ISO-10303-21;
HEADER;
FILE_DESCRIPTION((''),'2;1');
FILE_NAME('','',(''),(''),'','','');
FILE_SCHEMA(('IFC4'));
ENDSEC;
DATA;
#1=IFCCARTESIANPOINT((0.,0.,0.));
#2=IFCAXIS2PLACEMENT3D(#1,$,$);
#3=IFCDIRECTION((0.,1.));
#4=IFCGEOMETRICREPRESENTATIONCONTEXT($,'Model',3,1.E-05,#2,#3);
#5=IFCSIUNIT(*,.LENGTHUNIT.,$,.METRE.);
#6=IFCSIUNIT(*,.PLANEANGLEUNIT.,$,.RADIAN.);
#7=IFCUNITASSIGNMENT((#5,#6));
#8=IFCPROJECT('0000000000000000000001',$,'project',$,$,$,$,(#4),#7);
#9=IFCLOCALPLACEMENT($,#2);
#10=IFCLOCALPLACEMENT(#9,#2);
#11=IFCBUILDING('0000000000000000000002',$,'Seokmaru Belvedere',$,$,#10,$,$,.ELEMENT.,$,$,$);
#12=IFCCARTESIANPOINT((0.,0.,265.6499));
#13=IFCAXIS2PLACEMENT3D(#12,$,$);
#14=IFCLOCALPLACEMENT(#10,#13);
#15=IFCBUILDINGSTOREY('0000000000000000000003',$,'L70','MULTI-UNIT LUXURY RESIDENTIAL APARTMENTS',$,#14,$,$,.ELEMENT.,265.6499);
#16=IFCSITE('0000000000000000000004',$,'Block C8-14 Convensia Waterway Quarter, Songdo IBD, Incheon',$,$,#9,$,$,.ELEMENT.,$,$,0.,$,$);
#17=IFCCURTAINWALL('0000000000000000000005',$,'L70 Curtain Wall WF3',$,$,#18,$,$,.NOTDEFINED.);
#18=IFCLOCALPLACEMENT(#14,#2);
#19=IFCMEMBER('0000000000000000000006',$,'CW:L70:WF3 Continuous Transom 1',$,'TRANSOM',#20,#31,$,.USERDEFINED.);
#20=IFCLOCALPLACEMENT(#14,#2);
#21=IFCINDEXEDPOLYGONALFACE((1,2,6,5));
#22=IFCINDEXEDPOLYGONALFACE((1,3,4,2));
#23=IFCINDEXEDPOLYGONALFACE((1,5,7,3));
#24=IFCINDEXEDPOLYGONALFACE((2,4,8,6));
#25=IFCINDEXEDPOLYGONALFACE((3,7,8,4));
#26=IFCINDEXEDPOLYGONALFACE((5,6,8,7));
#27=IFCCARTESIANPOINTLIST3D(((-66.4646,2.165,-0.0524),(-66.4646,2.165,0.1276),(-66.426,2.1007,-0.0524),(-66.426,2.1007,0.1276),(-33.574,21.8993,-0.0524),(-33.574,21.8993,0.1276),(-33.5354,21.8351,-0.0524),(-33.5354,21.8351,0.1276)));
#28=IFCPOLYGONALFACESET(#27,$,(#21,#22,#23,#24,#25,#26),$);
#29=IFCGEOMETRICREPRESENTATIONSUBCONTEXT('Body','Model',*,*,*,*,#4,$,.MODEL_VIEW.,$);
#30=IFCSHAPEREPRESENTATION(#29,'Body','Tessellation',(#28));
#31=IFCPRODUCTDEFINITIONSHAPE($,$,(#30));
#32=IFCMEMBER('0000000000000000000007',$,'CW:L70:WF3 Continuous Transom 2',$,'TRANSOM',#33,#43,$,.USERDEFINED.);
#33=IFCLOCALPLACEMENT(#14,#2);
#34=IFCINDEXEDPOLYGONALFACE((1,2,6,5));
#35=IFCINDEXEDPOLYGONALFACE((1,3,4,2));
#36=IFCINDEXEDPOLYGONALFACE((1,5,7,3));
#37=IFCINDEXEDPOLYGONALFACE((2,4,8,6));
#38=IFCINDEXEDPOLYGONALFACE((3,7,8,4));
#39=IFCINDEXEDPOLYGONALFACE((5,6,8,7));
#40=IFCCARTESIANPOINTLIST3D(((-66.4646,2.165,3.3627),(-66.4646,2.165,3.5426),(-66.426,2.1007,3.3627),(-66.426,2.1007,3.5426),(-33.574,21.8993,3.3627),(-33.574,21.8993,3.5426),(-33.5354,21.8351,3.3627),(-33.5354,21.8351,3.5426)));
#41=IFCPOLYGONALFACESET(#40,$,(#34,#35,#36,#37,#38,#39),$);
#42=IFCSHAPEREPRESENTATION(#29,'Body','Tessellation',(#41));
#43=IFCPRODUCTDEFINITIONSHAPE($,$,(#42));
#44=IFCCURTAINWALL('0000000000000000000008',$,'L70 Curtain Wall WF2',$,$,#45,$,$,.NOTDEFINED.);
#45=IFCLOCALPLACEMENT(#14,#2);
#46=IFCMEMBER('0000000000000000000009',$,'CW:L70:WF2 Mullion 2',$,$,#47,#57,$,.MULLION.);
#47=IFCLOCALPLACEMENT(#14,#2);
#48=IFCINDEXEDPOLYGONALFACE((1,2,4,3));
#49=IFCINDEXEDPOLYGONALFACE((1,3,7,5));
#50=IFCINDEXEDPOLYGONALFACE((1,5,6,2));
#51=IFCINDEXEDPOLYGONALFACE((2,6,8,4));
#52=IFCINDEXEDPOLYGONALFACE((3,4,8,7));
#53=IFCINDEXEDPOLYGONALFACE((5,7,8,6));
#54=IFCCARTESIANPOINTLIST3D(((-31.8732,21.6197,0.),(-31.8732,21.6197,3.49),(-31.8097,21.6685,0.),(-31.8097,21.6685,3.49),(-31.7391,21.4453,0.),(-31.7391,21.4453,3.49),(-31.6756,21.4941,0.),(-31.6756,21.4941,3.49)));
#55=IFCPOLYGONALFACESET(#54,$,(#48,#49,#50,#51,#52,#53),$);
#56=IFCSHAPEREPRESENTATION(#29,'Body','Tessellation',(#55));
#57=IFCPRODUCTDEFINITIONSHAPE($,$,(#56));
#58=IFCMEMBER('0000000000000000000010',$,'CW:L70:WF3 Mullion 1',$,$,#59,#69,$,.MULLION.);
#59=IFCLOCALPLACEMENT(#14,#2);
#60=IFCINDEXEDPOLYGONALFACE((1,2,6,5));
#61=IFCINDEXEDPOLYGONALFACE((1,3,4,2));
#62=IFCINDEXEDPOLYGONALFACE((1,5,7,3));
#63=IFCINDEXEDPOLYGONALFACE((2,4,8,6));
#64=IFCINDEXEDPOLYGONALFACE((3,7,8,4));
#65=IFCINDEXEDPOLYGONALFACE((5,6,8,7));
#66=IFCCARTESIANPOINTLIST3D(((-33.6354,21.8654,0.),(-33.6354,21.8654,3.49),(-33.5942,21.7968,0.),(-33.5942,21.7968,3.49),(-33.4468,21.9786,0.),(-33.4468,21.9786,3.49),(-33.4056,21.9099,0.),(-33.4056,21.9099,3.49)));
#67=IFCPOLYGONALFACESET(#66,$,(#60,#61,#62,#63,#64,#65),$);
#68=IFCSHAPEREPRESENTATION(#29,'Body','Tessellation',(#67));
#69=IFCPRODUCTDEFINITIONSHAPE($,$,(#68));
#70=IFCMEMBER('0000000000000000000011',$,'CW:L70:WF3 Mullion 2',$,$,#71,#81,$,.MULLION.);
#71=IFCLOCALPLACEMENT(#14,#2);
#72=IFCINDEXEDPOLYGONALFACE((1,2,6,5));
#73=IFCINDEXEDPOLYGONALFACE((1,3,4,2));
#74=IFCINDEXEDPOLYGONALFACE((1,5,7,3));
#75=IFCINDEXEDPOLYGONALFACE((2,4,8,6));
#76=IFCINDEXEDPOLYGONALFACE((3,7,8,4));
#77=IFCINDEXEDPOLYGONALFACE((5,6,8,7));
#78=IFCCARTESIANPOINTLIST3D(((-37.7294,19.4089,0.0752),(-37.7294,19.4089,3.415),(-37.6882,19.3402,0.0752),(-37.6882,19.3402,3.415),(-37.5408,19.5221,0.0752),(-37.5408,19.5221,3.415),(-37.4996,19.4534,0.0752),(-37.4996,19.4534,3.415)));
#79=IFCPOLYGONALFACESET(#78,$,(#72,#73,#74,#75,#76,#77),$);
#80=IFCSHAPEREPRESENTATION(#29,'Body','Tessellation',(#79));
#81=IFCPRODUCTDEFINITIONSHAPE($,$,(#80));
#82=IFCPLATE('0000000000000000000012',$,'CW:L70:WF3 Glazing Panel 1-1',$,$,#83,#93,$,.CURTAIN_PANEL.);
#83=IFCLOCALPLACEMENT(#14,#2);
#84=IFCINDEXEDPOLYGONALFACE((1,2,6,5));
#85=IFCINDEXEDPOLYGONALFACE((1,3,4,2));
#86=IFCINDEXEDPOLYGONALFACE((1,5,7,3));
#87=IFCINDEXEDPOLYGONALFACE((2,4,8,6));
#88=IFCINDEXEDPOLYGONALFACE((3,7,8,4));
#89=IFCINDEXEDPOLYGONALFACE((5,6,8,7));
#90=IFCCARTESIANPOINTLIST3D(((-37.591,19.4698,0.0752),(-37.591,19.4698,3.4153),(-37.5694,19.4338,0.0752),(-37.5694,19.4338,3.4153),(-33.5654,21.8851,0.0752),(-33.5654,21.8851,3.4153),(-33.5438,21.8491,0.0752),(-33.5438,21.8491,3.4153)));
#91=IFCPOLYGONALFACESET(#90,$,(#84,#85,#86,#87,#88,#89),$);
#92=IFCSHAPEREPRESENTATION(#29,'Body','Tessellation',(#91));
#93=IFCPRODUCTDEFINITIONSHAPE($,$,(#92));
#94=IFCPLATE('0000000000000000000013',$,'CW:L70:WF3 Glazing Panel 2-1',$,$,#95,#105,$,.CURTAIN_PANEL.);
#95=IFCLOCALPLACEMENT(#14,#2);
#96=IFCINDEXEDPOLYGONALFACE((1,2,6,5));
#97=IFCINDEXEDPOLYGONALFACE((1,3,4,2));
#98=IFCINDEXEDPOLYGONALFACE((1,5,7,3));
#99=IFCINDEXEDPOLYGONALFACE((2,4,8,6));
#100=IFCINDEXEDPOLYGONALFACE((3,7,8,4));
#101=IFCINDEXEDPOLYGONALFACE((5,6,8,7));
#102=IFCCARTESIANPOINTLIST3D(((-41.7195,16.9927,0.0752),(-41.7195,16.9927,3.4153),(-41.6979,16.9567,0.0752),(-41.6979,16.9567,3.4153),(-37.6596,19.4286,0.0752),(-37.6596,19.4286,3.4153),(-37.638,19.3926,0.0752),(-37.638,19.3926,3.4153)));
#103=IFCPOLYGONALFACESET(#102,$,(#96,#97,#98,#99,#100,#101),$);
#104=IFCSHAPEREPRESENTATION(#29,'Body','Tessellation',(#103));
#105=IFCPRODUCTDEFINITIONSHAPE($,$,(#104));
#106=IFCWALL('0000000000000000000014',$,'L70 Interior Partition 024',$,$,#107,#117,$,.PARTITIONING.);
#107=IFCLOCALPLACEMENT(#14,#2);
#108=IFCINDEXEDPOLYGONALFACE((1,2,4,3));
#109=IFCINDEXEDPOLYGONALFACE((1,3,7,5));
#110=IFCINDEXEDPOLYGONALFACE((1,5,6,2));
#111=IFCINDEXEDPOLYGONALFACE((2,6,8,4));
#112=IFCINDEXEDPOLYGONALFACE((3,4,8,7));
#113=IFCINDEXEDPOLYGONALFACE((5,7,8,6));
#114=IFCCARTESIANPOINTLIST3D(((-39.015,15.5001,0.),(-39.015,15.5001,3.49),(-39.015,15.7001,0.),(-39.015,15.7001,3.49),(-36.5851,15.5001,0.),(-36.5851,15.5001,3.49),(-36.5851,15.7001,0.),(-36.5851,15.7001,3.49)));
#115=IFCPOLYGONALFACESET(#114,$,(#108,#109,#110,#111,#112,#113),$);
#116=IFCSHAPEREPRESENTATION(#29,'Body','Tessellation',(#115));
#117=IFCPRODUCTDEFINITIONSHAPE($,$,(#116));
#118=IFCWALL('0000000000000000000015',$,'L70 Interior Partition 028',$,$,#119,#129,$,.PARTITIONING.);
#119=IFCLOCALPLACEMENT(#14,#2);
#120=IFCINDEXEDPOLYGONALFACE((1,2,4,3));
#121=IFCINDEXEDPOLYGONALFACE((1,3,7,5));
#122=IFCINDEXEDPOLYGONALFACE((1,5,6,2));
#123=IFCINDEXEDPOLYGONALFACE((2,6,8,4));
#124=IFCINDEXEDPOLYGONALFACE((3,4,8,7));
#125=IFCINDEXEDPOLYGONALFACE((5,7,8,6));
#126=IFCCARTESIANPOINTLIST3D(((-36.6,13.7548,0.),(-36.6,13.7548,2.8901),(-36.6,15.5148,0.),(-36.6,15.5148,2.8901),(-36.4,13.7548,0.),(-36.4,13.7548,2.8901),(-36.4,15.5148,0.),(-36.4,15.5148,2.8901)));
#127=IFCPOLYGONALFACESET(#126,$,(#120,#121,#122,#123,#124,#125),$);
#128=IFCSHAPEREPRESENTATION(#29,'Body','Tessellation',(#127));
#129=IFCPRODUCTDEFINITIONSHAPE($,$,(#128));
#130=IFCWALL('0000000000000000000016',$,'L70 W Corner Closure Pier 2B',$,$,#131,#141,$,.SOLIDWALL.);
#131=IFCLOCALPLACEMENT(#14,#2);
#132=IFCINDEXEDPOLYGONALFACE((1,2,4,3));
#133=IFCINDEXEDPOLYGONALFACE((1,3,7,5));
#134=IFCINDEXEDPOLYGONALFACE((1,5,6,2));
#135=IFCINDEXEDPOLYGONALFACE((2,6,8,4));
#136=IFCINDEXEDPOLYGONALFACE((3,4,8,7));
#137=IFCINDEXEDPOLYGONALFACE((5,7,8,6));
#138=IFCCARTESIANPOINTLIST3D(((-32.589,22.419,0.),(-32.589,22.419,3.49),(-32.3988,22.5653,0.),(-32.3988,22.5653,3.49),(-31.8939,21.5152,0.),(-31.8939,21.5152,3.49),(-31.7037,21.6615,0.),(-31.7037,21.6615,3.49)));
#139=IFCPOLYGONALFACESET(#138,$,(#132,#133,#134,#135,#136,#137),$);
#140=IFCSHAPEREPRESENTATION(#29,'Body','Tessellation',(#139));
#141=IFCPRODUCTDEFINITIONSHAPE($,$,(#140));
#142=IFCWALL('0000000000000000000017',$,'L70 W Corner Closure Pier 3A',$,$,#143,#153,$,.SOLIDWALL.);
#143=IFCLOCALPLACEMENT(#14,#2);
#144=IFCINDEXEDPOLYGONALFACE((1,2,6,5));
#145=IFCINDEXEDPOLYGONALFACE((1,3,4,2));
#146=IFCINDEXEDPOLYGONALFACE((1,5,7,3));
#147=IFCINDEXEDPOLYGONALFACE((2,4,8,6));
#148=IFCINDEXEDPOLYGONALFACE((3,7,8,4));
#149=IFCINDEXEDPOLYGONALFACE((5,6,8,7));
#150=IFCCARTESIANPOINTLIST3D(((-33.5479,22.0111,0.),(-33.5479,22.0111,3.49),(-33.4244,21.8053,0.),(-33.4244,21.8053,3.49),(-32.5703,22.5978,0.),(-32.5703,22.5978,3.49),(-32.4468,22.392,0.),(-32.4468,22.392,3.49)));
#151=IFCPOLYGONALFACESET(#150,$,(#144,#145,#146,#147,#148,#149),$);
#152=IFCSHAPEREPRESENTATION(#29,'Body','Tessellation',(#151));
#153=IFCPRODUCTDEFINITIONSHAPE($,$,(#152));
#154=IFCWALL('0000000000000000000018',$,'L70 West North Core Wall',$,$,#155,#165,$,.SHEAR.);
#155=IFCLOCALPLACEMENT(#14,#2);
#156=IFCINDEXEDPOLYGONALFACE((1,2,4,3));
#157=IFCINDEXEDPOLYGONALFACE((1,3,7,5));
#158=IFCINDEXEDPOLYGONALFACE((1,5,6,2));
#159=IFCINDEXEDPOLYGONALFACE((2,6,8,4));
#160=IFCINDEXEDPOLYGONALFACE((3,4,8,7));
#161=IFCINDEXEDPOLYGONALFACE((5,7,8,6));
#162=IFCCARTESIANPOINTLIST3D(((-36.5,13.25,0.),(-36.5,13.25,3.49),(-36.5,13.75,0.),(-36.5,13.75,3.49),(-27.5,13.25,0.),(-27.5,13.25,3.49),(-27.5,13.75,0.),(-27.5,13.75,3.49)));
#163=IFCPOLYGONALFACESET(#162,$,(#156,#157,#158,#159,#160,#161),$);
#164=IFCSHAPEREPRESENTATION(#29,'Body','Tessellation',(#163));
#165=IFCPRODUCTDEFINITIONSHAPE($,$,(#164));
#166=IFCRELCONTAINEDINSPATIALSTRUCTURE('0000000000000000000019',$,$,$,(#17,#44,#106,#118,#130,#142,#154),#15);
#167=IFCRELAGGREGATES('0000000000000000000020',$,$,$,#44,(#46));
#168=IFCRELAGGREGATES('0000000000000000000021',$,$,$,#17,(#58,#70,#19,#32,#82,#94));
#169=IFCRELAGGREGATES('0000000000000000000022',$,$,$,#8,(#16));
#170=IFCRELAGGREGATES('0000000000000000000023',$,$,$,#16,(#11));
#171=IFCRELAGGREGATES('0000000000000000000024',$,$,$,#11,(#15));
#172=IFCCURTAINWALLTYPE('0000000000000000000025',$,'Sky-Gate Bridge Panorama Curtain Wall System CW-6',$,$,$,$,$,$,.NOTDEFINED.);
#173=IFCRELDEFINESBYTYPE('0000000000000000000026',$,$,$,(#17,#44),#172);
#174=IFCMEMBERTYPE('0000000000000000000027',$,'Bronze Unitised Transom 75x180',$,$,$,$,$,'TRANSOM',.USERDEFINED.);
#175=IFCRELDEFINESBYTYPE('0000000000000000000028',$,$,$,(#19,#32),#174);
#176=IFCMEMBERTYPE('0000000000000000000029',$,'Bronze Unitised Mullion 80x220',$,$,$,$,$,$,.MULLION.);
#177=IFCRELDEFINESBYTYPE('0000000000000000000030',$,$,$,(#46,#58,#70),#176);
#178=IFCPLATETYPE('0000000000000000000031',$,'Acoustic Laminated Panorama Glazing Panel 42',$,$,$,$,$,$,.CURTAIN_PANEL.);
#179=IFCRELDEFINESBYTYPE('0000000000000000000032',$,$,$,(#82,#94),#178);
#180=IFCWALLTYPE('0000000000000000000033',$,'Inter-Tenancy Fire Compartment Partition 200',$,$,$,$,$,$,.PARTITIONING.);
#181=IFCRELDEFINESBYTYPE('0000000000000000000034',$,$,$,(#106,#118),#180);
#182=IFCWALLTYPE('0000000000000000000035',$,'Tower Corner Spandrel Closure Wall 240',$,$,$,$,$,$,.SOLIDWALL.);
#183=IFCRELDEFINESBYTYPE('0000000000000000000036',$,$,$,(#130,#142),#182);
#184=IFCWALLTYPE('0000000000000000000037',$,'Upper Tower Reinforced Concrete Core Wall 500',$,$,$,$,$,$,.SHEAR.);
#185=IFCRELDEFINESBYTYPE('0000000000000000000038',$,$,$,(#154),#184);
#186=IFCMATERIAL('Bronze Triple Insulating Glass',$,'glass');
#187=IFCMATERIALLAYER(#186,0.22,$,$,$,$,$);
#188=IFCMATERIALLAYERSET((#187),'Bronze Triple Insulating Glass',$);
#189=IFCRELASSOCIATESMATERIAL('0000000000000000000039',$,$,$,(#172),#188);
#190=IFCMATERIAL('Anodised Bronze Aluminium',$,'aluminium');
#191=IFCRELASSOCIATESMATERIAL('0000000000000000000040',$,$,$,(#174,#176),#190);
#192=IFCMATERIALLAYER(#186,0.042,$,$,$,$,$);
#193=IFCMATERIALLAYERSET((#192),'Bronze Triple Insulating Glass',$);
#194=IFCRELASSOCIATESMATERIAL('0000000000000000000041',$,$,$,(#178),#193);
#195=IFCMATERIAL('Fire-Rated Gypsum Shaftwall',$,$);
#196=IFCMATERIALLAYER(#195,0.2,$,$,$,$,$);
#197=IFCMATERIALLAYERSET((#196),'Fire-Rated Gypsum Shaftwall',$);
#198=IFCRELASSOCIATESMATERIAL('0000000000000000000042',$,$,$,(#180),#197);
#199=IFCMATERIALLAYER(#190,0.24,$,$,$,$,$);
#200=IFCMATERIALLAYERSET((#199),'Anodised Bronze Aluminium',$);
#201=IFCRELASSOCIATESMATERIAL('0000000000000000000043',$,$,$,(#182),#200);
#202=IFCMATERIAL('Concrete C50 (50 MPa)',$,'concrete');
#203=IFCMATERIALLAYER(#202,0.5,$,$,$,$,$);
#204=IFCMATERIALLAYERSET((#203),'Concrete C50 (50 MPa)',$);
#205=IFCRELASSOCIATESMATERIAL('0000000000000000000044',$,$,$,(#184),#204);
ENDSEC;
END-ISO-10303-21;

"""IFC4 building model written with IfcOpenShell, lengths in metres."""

from ifc_helpers import new_model, si_unit, direction, frame, frame_2d, origin, origin_2d, place, context, subcontext, project, spatial, rectangle, extrude, source, transform, mapped, material, layer, layer_set, material_profile, profile_set, type_object, type_shapes, element, aggregate, save


model = new_model("IFC4")

# Units and contexts
model_context = context("Model", 3, precision=1e-05, world=origin(), true_north=direction((0.0, 1.0)))
body_context = subcontext(model_context, "Body", "Model", "MODEL_VIEW")
ifc_project = project(units=[si_unit("LENGTHUNIT", "METRE"), si_unit("PLANEANGLEUNIT", "RADIAN")], contexts=[model_context])

# Site, building, storey
site_placement = place(None, origin())
site = spatial("IfcSite", under=ifc_project, at=site_placement, Name="Block C8-14 Convensia Waterway Quarter, Songdo IBD, Incheon", CompositionType="ELEMENT", RefElevation=0.0)
building_placement = place(site_placement, origin())
building = spatial("IfcBuilding", under=site, at=building_placement, Name="Seokmaru Belvedere", CompositionType="ELEMENT")
storey_placement = place(building_placement, frame((0.0, 0.0, 265.6499)))
storey = spatial("IfcBuildingStorey", under=building, at=storey_placement, Name="L70", Description="MULTI-UNIT LUXURY RESIDENTIAL APARTMENTS", CompositionType="ELEMENT", Elevation=265.6499)

# Curtain wall, members
ifc_material_1 = material(Name="Bronze Triple Insulating Glass", Category="glass")
ifc_layer_1 = layer(ifc_material_1, 0.22)
ifc_layer_set_1 = layer_set([ifc_layer_1], Name="Bronze Triple Insulating Glass")
curtain_wall_type = type_object("IfcCurtainWallType", Name="Sky-Gate Bridge Panorama Curtain Wall System CW-6", PredefinedType="NOTDEFINED", material=ifc_layer_set_1)
curtain_wall_1_placement = place(storey_placement, origin())
curtain_wall_1 = element("IfcCurtainWall", 1, at=curtain_wall_1_placement, inside=storey, type_object=curtain_wall_type, Name="L70 Curtain Wall WF3", PredefinedType="NOTDEFINED")
ifc_material_2 = material(Name="Anodised Bronze Aluminium", Category="aluminium")
ifc_material_profile_1 = material_profile(ifc_material_2, rectangle(XDim=0.075, YDim=0.1799, at=origin_2d()), Name="CW-T-75x180")
ifc_profile_set_1 = profile_set([ifc_material_profile_1], Name="Anodised Bronze Aluminium")
member_type_1 = type_object("IfcMemberType", Name="Bronze Unitised Transom 75x180", ElementType="TRANSOM", PredefinedType="USERDEFINED", material=ifc_profile_set_1)
shared_shape_1 = source(origin(), body_context, "Body", "SweptSolid", [
    extrude(rectangle(XDim=0.075, YDim=0.1799, at=origin_2d()), origin(), (0.0, 0.0, 1.0), 38.3567),
])
type_shapes(member_type_1, [shared_shape_1])
member_1_placement = place(storey_placement, frame((-33.5547, 21.8672, 0.0376), z_axis=(-0.857493, -0.514496, 0.0), x_axis=(0.514496, -0.857493, 0.0)))
member_1 = element("IfcMember", 2, at=member_1_placement, type_object=member_type_1, Name="CW:L70:WF3 Continuous Transom 1", ObjectType="TRANSOM", PredefinedType="USERDEFINED", context=body_context, shape_type="MappedRepresentation", body=[
    mapped(shared_shape_1, transform((0.0, 0.0, 0.0), scale=1.0)),
])
member_2_placement = place(storey_placement, frame((-33.5547, 21.8672, 3.4526), z_axis=(-0.857493, -0.514496, 0.0), x_axis=(0.514496, -0.857493, 0.0)))
member_2 = element("IfcMember", 3, at=member_2_placement, type_object=member_type_1, Name="CW:L70:WF3 Continuous Transom 2", ObjectType="TRANSOM", PredefinedType="USERDEFINED", context=body_context, shape_type="MappedRepresentation", body=[
    mapped(shared_shape_1, transform((0.0, 0.0, 0.0), scale=1.0)),
])

# Curtain wall, member
curtain_wall_2_placement = place(storey_placement, origin())
curtain_wall_2 = element("IfcCurtainWall", 4, at=curtain_wall_2_placement, inside=storey, type_object=curtain_wall_type, Name="L70 Curtain Wall WF2", PredefinedType="NOTDEFINED")
ifc_material_profile_2 = material_profile(ifc_material_2, rectangle(XDim=0.0801, YDim=0.22, at=origin_2d()), Name="CW-M-80x220")
ifc_profile_set_2 = profile_set([ifc_material_profile_2], Name="Anodised Bronze Aluminium")
member_type_2 = type_object("IfcMemberType", Name="Bronze Unitised Mullion 80x220", PredefinedType="MULLION", material=ifc_profile_set_2)
shared_shape_2 = source(origin(), body_context, "Body", "SweptSolid", [
    extrude(rectangle(XDim=0.0801, YDim=0.22, at=origin_2d()), origin(), (0.0, 0.0, 1.0), 3.49),
])
member_3_placement = place(storey_placement, frame((-31.7744, 21.5569, 0.0), z_axis=(0.0, 0.0, 1.0), x_axis=(-0.792631, -0.609701, 0.0)))
member_3 = element("IfcMember", 5, at=member_3_placement, type_object=member_type_2, Name="CW:L70:WF2 Mullion 2", PredefinedType="MULLION", context=body_context, shape_type="MappedRepresentation", body=[
    mapped(shared_shape_2, transform((0.0, 0.0, 0.0), scale=1.0)),
])
aggregate(curtain_wall_2, [member_3])

# Members
member_4_placement = place(storey_placement, frame((-33.5205, 21.8877, 0.0), z_axis=(0.0, 0.0, 1.0), x_axis=(0.514495, -0.857493, 0.0)))
member_4 = element("IfcMember", 6, at=member_4_placement, type_object=member_type_2, Name="CW:L70:WF3 Mullion 1", PredefinedType="MULLION", context=body_context, shape_type="MappedRepresentation", body=[
    mapped(shared_shape_2, transform((0.0, 0.0, 0.0), scale=1.0)),
])
shared_shape_3 = source(origin(), body_context, "Body", "SweptSolid", [
    extrude(rectangle(XDim=0.0801, YDim=0.22, at=origin_2d()), origin(), (0.0, 0.0, 1.0), 3.3398),
])
type_shapes(member_type_2, [shared_shape_2, shared_shape_3])
member_5_placement = place(storey_placement, frame((-37.6145, 19.4312, 0.0752), z_axis=(0.0, 0.0, 1.0), x_axis=(0.514495, -0.857493, 0.0)))
member_5 = element("IfcMember", 7, at=member_5_placement, type_object=member_type_2, Name="CW:L70:WF3 Mullion 2", PredefinedType="MULLION", context=body_context, shape_type="MappedRepresentation", body=[
    mapped(shared_shape_3, transform((0.0, 0.0, 0.0), scale=1.0)),
])

# Plates
ifc_layer_2 = layer(ifc_material_1, 0.042)
ifc_layer_set_2 = layer_set([ifc_layer_2], Name="Bronze Triple Insulating Glass")
plate_type = type_object("IfcPlateType", Name="Acoustic Laminated Panorama Glazing Panel 42", PredefinedType="CURTAIN_PANEL", material=ifc_layer_set_2)
shared_shape_4 = source(origin(), body_context, "Body", "SweptSolid", [
    extrude(rectangle(XDim=4.6946, YDim=0.042, at=origin_2d()), origin(), (0.0, 0.0, 1.0), 3.3401),
])
plate_1_placement = place(storey_placement, frame((-35.5674, 20.6594, 0.0752), z_axis=(0.0, 0.0, 1.0), x_axis=(-0.857493, -0.514495, 0.0)))
plate_1 = element("IfcPlate", 8, at=plate_1_placement, type_object=plate_type, Name="CW:L70:WF3 Glazing Panel 1-1", PredefinedType="CURTAIN_PANEL", context=body_context, shape_type="MappedRepresentation", body=[
    mapped(shared_shape_4, transform((0.0, 0.0, 0.0), scale=1.0)),
])
shared_shape_5 = source(origin(), body_context, "Body", "SweptSolid", [
    extrude(rectangle(XDim=4.7346, YDim=0.042, at=origin_2d()), origin(), (0.0, 0.0, 1.0), 3.3401),
])
type_shapes(plate_type, [shared_shape_4, shared_shape_5])
plate_2_placement = place(storey_placement, frame((-39.6787, 18.1926, 0.0752), z_axis=(0.0, 0.0, 1.0), x_axis=(-0.857493, -0.514495, 0.0)))
plate_2 = element("IfcPlate", 9, at=plate_2_placement, type_object=plate_type, Name="CW:L70:WF3 Glazing Panel 2-1", PredefinedType="CURTAIN_PANEL", context=body_context, shape_type="MappedRepresentation", body=[
    mapped(shared_shape_5, transform((0.0, 0.0, 0.0), scale=1.0)),
])
aggregate(curtain_wall_1, [member_4, member_5, member_1, member_2, plate_1, plate_2])

# Walls
ifc_material_3 = material(Name="Fire-Rated Gypsum Shaftwall")
ifc_layer_3 = layer(ifc_material_3, 0.2)
ifc_layer_set_3 = layer_set([ifc_layer_3], Name="Fire-Rated Gypsum Shaftwall")
wall_type_1 = type_object("IfcWallType", Name="Inter-Tenancy Fire Compartment Partition 200", PredefinedType="PARTITIONING", material=ifc_layer_set_3)
wall_1_placement = place(storey_placement, frame((-39.0149, 15.6001, 0.0), z_axis=(0.0, 0.0, 1.0), x_axis=(1.0, 0.0, 0.0)))
element("IfcWall", 10, at=wall_1_placement, inside=storey, type_object=wall_type_1, Name="L70 Interior Partition 024", PredefinedType="PARTITIONING", context=body_context, shape_type="SweptSolid", body=[
    extrude(rectangle(XDim=2.4299, YDim=0.2, at=frame_2d((1.2148, 0.0))), origin(), (0.0, 0.0, 1.0), 3.49),
])
wall_2_placement = place(storey_placement, frame((-36.5, 13.7549, 0.0), z_axis=(0.0, 0.0, 1.0), x_axis=(0.0, 1.0, 0.0)))
element("IfcWall", 11, at=wall_2_placement, inside=storey, type_object=wall_type_1, Name="L70 Interior Partition 028", PredefinedType="PARTITIONING", context=body_context, shape_type="SweptSolid", body=[
    extrude(rectangle(XDim=1.76, YDim=0.2, at=frame_2d((0.8799, 0.0))), origin(), (0.0, 0.0, 1.0), 2.8901),
])
ifc_layer_4 = layer(ifc_material_2, 0.24)
ifc_layer_set_4 = layer_set([ifc_layer_4], Name="Anodised Bronze Aluminium")
wall_type_2 = type_object("IfcWallType", Name="Tower Corner Spandrel Closure Wall 240", PredefinedType="SOLIDWALL", material=ifc_layer_set_4)
for number, where, z_axis, x_axis, name in (
    (12, (-31.7988, 21.5884, 0.0), (0.0, 0.0, 1.0), (-0.609618, 0.792696, 0.0), "L70 W Corner Closure Pier 2B"),
    (13, (-32.5085, 22.4949, 0.0), (0.0, 0.0, 1.0), (-0.857436, -0.51459, 0.0), "L70 W Corner Closure Pier 3A"),
):
    element("IfcWall", number, at=place(storey_placement, frame(where, z_axis=z_axis, x_axis=x_axis)), inside=storey, type_object=wall_type_2, Name=name, PredefinedType="SOLIDWALL", context=body_context, shape_type="SweptSolid", body=[
        extrude(rectangle(XDim=1.1401, YDim=0.24, at=frame_2d((0.5701, 0.0))), origin(), (0.0, 0.0, 1.0), 3.49),
    ])
ifc_material_4 = material(Name="Concrete C50 (50 MPa)", Category="concrete")
ifc_layer_5 = layer(ifc_material_4, 0.5)
ifc_layer_set_5 = layer_set([ifc_layer_5], Name="Concrete C50 (50 MPa)")
wall_type_3 = type_object("IfcWallType", Name="Upper Tower Reinforced Concrete Core Wall 500", PredefinedType="SHEAR", material=ifc_layer_set_5)
wall_3_placement = place(storey_placement, frame((-36.5, 13.5, 0.0), z_axis=(0.0, 0.0, 1.0), x_axis=(1.0, 0.0, 0.0)))
element("IfcWall", 14, at=wall_3_placement, inside=storey, type_object=wall_type_3, Name="L70 West North Core Wall", PredefinedType="SHEAR", context=body_context, shape_type="SweptSolid", body=[
    extrude(rectangle(XDim=9.0, YDim=0.5, at=frame_2d((4.5, 0.0))), origin(), (0.0, 0.0, 1.0), 3.49),
])

save(model, "model.ifc")
